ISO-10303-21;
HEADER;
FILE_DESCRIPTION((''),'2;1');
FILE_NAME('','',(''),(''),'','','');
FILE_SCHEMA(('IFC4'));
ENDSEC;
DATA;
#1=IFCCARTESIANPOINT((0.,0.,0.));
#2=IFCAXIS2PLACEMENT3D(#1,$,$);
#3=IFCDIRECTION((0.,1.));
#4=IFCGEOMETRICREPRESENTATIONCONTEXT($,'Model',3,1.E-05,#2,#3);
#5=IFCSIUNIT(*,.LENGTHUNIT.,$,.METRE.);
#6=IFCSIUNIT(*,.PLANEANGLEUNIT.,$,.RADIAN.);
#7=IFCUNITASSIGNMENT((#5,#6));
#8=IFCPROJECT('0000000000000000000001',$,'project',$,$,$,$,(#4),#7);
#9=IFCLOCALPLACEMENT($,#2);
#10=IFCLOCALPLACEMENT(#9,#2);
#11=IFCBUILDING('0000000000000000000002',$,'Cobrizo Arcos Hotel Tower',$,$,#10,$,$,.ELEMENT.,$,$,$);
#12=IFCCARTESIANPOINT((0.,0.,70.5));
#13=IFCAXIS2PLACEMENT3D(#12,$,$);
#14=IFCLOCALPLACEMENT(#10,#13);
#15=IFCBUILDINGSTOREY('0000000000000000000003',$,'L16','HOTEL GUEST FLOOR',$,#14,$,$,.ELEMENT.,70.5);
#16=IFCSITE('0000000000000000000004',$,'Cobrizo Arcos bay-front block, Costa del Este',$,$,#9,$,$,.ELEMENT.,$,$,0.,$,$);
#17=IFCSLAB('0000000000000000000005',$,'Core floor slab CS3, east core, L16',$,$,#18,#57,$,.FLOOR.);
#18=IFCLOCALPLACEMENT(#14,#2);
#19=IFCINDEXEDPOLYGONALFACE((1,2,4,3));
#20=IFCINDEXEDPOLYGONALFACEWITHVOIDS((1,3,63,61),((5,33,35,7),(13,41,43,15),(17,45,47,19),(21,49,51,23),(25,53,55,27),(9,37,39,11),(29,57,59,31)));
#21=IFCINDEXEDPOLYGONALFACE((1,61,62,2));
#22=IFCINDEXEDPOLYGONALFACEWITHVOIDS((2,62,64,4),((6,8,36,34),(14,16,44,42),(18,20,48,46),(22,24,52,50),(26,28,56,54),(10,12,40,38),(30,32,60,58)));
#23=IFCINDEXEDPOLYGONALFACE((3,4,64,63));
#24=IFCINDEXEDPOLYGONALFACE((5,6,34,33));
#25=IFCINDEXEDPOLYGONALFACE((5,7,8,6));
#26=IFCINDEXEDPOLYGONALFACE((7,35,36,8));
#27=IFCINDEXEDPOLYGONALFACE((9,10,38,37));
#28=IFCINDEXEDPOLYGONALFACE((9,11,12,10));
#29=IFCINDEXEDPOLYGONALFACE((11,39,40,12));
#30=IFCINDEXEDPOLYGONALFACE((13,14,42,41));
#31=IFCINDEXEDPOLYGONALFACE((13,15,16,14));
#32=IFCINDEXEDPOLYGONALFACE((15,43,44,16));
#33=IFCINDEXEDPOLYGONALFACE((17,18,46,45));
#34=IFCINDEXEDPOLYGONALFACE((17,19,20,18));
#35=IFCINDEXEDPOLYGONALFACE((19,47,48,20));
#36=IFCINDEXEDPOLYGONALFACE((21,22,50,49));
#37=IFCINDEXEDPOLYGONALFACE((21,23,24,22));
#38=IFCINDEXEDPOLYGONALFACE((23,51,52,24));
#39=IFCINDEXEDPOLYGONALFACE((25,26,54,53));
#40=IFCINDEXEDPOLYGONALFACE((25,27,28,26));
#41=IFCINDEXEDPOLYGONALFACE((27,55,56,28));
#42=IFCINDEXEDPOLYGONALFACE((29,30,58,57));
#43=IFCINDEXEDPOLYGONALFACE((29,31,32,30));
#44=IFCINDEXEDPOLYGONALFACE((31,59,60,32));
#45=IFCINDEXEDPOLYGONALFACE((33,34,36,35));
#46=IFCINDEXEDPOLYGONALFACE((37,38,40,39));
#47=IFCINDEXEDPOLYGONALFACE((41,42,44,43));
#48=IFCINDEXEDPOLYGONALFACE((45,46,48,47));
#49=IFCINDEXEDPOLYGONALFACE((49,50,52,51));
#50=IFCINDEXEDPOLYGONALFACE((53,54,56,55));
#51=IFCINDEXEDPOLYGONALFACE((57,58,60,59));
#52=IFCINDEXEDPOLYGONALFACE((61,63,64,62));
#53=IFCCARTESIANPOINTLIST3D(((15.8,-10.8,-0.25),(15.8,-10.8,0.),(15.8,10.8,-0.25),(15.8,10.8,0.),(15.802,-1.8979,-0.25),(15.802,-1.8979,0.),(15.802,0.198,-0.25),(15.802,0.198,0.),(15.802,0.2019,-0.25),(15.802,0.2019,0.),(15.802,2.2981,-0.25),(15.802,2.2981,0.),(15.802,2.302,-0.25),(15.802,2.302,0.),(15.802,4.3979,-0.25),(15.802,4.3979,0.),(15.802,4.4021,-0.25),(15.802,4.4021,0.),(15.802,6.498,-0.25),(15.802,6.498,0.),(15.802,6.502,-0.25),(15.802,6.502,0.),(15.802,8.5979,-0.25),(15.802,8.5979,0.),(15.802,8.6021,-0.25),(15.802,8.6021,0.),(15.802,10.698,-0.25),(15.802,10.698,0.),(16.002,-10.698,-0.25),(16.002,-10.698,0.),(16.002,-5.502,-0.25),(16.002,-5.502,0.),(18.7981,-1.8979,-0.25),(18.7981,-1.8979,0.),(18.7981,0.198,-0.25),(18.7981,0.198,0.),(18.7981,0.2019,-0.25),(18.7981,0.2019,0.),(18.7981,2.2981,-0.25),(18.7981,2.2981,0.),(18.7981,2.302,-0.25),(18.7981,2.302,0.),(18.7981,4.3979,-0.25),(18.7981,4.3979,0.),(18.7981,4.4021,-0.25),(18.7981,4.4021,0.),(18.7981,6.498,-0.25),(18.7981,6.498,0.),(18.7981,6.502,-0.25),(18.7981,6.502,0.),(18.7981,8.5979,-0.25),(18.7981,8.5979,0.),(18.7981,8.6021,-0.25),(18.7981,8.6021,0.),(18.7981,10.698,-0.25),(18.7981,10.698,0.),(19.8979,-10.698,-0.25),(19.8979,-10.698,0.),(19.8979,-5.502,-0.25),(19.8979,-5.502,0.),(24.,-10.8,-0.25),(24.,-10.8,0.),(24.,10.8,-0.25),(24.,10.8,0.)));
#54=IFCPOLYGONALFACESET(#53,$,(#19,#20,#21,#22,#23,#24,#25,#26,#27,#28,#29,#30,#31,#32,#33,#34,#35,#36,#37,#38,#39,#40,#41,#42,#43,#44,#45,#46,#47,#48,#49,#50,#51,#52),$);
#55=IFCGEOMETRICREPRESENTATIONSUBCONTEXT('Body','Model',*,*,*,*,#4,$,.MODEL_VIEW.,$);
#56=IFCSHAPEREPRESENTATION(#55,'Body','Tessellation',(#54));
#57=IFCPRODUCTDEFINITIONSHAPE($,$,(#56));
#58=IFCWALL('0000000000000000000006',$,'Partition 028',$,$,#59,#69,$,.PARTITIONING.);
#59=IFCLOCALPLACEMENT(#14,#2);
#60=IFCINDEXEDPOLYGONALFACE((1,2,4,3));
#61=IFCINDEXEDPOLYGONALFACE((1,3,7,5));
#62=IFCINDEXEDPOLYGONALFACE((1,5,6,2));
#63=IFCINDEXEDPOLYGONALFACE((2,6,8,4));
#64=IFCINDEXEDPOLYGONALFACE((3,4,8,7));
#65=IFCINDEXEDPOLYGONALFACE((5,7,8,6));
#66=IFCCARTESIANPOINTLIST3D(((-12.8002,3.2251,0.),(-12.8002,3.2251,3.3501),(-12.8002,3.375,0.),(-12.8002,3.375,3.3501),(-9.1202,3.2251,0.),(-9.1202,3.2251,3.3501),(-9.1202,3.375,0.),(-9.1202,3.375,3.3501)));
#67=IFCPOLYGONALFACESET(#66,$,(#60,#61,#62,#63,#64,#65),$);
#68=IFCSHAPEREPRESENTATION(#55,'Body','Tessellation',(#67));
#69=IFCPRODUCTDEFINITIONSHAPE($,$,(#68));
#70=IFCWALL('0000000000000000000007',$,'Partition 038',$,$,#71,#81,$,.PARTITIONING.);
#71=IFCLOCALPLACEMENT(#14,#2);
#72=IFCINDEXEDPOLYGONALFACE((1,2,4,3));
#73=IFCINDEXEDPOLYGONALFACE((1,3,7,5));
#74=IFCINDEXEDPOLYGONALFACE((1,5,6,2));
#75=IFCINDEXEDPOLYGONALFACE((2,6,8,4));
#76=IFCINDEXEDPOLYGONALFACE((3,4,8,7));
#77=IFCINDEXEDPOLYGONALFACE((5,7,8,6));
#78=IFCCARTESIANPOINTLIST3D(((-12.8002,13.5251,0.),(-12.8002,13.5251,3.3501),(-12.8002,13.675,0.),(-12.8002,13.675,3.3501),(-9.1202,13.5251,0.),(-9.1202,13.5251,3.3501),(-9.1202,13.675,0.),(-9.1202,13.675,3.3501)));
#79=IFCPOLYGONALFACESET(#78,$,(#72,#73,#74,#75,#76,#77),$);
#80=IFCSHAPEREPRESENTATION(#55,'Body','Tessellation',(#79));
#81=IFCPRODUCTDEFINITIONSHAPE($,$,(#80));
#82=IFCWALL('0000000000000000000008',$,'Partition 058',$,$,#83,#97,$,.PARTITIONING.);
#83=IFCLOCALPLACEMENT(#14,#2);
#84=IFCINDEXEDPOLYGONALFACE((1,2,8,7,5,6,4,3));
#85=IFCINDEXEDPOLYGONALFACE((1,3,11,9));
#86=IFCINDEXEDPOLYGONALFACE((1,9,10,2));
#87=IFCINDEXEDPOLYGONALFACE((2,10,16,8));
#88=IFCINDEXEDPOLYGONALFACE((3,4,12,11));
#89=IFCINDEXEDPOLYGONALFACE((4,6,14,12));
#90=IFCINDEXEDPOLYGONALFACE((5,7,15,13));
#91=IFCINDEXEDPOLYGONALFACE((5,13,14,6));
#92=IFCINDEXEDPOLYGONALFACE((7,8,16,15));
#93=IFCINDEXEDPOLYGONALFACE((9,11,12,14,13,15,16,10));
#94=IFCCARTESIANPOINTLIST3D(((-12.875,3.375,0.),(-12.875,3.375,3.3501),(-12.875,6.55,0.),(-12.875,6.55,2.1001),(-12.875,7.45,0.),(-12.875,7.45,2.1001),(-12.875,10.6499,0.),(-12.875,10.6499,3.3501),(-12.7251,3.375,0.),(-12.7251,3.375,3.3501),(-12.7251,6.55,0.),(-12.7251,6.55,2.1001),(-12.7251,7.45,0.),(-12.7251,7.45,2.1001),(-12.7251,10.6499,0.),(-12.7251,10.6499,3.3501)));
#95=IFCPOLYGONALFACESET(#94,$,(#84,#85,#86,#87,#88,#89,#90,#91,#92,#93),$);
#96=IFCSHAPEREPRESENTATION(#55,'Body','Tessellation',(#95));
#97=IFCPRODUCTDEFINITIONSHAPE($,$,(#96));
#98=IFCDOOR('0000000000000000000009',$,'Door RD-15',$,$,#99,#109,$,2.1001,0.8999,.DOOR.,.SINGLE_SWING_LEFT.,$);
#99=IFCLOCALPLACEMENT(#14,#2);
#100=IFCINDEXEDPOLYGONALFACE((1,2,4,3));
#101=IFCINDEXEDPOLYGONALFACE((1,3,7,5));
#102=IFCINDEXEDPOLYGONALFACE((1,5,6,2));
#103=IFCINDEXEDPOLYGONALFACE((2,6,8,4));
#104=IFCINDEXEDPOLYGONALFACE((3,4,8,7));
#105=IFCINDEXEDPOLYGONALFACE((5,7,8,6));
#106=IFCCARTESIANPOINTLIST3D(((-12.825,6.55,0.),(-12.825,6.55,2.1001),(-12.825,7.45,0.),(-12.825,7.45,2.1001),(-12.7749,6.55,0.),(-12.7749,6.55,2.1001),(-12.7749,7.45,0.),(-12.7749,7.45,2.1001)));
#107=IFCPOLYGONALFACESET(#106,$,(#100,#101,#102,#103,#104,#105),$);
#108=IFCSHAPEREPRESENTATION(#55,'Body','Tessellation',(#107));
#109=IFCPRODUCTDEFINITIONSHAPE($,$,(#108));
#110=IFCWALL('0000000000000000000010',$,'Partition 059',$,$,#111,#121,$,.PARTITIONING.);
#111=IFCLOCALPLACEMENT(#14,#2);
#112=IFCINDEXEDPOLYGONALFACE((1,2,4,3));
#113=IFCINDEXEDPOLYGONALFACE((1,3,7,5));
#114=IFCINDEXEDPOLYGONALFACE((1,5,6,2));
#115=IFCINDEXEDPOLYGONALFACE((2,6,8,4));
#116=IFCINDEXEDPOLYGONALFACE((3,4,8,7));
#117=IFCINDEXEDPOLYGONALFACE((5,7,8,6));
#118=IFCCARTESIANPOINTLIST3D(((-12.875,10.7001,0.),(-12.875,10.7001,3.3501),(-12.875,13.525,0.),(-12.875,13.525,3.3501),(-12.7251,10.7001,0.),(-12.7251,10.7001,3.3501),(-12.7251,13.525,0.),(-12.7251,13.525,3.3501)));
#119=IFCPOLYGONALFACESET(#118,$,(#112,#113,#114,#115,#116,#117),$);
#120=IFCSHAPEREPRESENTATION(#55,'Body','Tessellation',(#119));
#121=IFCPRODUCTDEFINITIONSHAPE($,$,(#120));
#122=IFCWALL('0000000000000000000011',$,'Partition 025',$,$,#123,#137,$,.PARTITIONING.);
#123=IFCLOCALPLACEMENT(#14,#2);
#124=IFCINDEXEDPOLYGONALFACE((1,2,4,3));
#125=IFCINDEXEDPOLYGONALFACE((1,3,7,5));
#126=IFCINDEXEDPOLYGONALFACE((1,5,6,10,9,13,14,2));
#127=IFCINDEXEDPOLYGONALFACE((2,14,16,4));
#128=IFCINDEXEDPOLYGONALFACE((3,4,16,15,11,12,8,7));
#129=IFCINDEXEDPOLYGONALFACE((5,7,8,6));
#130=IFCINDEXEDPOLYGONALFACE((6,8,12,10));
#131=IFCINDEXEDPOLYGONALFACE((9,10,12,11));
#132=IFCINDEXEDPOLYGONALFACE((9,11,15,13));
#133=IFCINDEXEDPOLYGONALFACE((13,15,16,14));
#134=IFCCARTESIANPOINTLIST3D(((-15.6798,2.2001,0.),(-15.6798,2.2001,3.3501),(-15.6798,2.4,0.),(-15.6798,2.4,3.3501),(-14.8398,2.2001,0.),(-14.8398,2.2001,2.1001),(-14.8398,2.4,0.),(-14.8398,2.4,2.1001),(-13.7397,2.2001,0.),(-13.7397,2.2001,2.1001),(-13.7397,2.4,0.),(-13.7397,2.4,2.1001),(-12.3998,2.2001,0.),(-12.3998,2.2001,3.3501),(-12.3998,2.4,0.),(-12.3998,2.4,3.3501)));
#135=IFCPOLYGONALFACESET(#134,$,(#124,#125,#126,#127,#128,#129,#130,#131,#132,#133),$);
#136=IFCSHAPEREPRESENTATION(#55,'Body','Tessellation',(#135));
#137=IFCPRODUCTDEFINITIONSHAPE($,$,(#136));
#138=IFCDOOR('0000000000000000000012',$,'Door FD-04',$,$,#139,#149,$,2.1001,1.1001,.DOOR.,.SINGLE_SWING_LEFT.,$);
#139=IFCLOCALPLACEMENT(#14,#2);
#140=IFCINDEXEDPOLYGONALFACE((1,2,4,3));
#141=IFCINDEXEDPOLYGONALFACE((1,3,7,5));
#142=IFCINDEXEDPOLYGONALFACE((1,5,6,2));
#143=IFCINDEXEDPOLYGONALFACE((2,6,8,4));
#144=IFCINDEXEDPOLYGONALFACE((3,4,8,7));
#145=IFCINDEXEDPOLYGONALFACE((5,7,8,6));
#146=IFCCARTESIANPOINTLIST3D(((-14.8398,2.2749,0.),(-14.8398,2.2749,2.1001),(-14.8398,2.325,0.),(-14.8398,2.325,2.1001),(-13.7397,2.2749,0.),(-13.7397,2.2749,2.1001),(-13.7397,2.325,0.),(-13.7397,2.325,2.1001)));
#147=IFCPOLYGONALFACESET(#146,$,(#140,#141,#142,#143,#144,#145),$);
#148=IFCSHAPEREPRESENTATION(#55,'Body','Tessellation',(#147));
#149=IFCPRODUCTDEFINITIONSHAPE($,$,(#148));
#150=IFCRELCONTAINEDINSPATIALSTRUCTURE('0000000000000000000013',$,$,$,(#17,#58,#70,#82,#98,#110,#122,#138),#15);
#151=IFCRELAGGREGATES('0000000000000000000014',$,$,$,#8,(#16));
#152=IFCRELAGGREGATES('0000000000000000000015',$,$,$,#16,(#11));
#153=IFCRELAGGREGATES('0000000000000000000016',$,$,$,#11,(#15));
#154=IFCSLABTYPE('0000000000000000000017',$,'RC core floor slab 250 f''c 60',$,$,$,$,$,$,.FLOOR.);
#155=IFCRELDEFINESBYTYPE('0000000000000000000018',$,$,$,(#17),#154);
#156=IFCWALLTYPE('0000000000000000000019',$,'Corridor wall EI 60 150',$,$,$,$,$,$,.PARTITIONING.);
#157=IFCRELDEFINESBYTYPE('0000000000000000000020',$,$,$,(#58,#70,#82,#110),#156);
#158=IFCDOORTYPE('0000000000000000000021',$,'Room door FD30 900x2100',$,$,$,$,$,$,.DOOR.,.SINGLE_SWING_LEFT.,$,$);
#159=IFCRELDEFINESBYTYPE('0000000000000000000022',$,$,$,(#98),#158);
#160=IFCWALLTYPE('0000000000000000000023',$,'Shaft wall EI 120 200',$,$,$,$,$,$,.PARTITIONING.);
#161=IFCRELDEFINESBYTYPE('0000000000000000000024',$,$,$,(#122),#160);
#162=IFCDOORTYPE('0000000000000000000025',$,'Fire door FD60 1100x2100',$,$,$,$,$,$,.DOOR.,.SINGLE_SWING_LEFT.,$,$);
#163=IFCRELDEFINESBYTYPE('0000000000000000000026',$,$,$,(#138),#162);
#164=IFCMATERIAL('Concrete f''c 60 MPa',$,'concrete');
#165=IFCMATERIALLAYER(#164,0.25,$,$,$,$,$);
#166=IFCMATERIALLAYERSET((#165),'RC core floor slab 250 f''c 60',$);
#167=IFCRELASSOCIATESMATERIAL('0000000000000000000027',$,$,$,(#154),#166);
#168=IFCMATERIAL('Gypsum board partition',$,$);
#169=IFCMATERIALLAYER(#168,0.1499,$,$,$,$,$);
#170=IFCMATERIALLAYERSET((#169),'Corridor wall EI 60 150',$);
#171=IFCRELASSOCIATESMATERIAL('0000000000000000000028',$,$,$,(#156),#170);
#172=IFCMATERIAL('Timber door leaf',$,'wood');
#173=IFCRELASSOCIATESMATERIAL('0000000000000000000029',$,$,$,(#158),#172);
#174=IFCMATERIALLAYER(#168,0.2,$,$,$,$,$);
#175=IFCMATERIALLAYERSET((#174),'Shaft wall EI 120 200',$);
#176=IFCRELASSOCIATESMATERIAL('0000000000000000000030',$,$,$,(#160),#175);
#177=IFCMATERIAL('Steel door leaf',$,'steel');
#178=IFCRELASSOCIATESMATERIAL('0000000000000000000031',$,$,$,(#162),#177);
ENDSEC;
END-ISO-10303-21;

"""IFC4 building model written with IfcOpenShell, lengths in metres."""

from ifc_helpers import new_model, si_unit, direction, frame, frame_2d, origin, place, context, subcontext, project, spatial, polyline, rectangle, outline, extrude, material, layer, layer_set, type_object, element, fill, save


model = new_model("IFC4")

# Units and contexts
model_context = context("Model", 3, precision=1e-05, world=origin(), true_north=direction((0.0, 1.0)))
body_context = subcontext(model_context, "Body", "Model", "MODEL_VIEW")
ifc_project = project(units=[si_unit("LENGTHUNIT", "METRE"), si_unit("PLANEANGLEUNIT", "RADIAN")], contexts=[model_context])

# Site, building, storey
site_placement = place(None, origin())
site = spatial("IfcSite", under=ifc_project, at=site_placement, Name="Cobrizo Arcos bay-front block, Costa del Este", CompositionType="ELEMENT", RefElevation=0.0)
building_placement = place(site_placement, origin())
building = spatial("IfcBuilding", under=site, at=building_placement, Name="Cobrizo Arcos Hotel Tower", CompositionType="ELEMENT")
storey_placement = place(building_placement, frame((0.0, 0.0, 70.5)))
storey = spatial("IfcBuildingStorey", under=building, at=storey_placement, Name="L16", Description="HOTEL GUEST FLOOR", CompositionType="ELEMENT", Elevation=70.5)

# Slab
ifc_material_1 = material(Name="Concrete f'c 60 MPa", Category="concrete")
ifc_layer_1 = layer(ifc_material_1, 0.25)
ifc_layer_set_1 = layer_set([ifc_layer_1], Name="RC core floor slab 250 f'c 60")
slab_type = type_object("IfcSlabType", Name="RC core floor slab 250 f'c 60", PredefinedType="FLOOR", material=ifc_layer_set_1)
slab_placement = place(storey_placement, frame((0.0, 0.0, -0.25)))
element("IfcSlab", 1, at=slab_placement, inside=storey, type_object=slab_type, Name="Core floor slab CS3, east core, L16", PredefinedType="FLOOR", context=body_context, shape_type="SweptSolid", body=[
    extrude(outline(polyline([(15.8, 10.8), (24.0, 10.8), (24.0, -10.8), (15.8, -10.8), (15.8, 10.8)]), holes=[polyline([(19.8979, -10.698), (19.8979, -5.502), (16.002, -5.502), (16.002, -10.698), (19.8979, -10.698)]), polyline([(15.802, 0.198), (15.802, -1.8979), (18.7981, -1.8979), (18.7981, 0.198), (15.802, 0.198)]), polyline([(18.7981, 2.2981), (15.802, 2.2981), (15.802, 0.2019), (18.7981, 0.2019), (18.7981, 2.2981)]), polyline([(18.7981, 4.3979), (15.802, 4.3979), (15.802, 2.302), (18.7981, 2.302), (18.7981, 4.3979)]), polyline([(15.802, 6.498), (15.802, 4.4021), (18.7981, 4.4021), (18.7981, 6.498), (15.802, 6.498)]), polyline([(18.7981, 8.5979), (15.802, 8.5979), (15.802, 6.502), (18.7981, 6.502), (18.7981, 8.5979)]), polyline([(18.7981, 10.698), (15.802, 10.698), (15.802, 8.6021), (18.7981, 8.6021), (18.7981, 10.698)])]), origin(), (0.0, 0.0, 1.0), 0.25),
])

# Walls
ifc_material_2 = material(Name="Gypsum board partition")
ifc_layer_2 = layer(ifc_material_2, 0.1499)
ifc_layer_set_2 = layer_set([ifc_layer_2], Name="Corridor wall EI 60 150")
wall_type_1 = type_object("IfcWallType", Name="Corridor wall EI 60 150", PredefinedType="PARTITIONING", material=ifc_layer_set_2)
for number, where, z_axis, x_axis, name in (
    (2, (-12.8, 3.3, 0.0), (0.0, 0.0, 1.0), (1.0, 0.0, 0.0), "Partition 028"),
    (3, (-12.8, 13.6001, 0.0), (0.0, 0.0, 1.0), (1.0, 0.0, 0.0), "Partition 038"),
):
    element("IfcWall", number, at=place(storey_placement, frame(where, z_axis=z_axis, x_axis=x_axis)), inside=storey, type_object=wall_type_1, Name=name, PredefinedType="PARTITIONING", context=body_context, shape_type="SweptSolid", body=[
        extrude(rectangle(XDim=3.6799, YDim=0.1499, at=frame_2d((1.8398, 0.0))), origin(), (0.0, 0.0, 1.0), 3.3501),
    ])

# Wall, opening, door
wall_1_placement = place(storey_placement, frame((-12.8, 3.375, 0.0), z_axis=(0.0, 0.0, 1.0), x_axis=(0.0, 1.0, 0.0)))
wall_1 = element("IfcWall", 4, at=wall_1_placement, inside=storey, type_object=wall_type_1, Name="Partition 058", PredefinedType="PARTITIONING", context=body_context, shape_type="SweptSolid", body=[
    extrude(rectangle(XDim=7.2749, YDim=0.1499, at=frame_2d((3.6375, 0.0))), origin(), (0.0, 0.0, 1.0), 3.3501),
])
opening_1_placement = place(wall_1_placement, frame((3.175, 0.0, 0.0)))
opening_1 = element("IfcOpeningElement", 5, at=opening_1_placement, cuts=wall_1, PredefinedType="OPENING", context=body_context, shape_type="SweptSolid", body=[
    extrude(rectangle(XDim=0.8999, YDim=2.1001, at=frame_2d((0.45, 1.05))), frame((0.0, 0.0869, 0.0), z_axis=(0.0, -1.0, 0.0), x_axis=(1.0, 0.0, 0.0)), (0.0, 0.0, 1.0), 0.1738),
])
ifc_material_3 = material(Name="Timber door leaf", Category="wood")
door_type_1 = type_object("IfcDoorType", Name="Room door FD30 900x2100", OperationType="SINGLE_SWING_LEFT", PredefinedType="DOOR", material=ifc_material_3)
door_1_placement = place(opening_1_placement, origin())
door_1 = element("IfcDoor", 6, at=door_1_placement, inside=storey, type_object=door_type_1, Name="Door RD-15", OperationType="SINGLE_SWING_LEFT", OverallHeight=2.1001, OverallWidth=0.8999, PredefinedType="DOOR", context=body_context, shape_type="SweptSolid", body=[
    extrude(rectangle(XDim=0.8999, YDim=2.1001, at=frame_2d((0.45, 1.05))), frame((0.0, 0.0249, 0.0), z_axis=(0.0, -1.0, 0.0), x_axis=(1.0, 0.0, 0.0)), (0.0, 0.0, 1.0), 0.05),
])
fill(opening_1, door_1)

# Wall
wall_2_placement = place(storey_placement, frame((-12.8, 10.7, 0.0), z_axis=(0.0, 0.0, 1.0), x_axis=(0.0, 1.0, 0.0)))
element("IfcWall", 7, at=wall_2_placement, inside=storey, type_object=wall_type_1, Name="Partition 059", PredefinedType="PARTITIONING", context=body_context, shape_type="SweptSolid", body=[
    extrude(rectangle(XDim=2.825, YDim=0.1499, at=frame_2d((1.4126, 0.0))), origin(), (0.0, 0.0, 1.0), 3.3501),
])

# Wall, opening, door
ifc_layer_3 = layer(ifc_material_2, 0.2)
ifc_layer_set_3 = layer_set([ifc_layer_3], Name="Shaft wall EI 120 200")
wall_type_2 = type_object("IfcWallType", Name="Shaft wall EI 120 200", PredefinedType="PARTITIONING", material=ifc_layer_set_3)
wall_3_placement = place(storey_placement, frame((-15.6799, 2.3, 0.0), z_axis=(0.0, 0.0, 1.0), x_axis=(1.0, 0.0, 0.0)))
wall_3 = element("IfcWall", 8, at=wall_3_placement, inside=storey, type_object=wall_type_2, Name="Partition 025", PredefinedType="PARTITIONING", context=body_context, shape_type="SweptSolid", body=[
    extrude(rectangle(XDim=3.28, YDim=0.2, at=frame_2d((1.6401, 0.0))), origin(), (0.0, 0.0, 1.0), 3.3501),
])
opening_2_placement = place(wall_3_placement, frame((0.8401, 0.0, 0.0)))
opening_2 = element("IfcOpeningElement", 9, at=opening_2_placement, cuts=wall_3, PredefinedType="OPENING", context=body_context, shape_type="SweptSolid", body=[
    extrude(rectangle(XDim=1.1001, YDim=2.1001, at=frame_2d((0.55, 1.05))), frame((0.0, 0.1121, 0.0), z_axis=(0.0, -1.0, 0.0), x_axis=(1.0, 0.0, 0.0)), (0.0, 0.0, 1.0), 0.2239),
])
ifc_material_4 = material(Name="Steel door leaf", Category="steel")
door_type_2 = type_object("IfcDoorType", Name="Fire door FD60 1100x2100", OperationType="SINGLE_SWING_LEFT", PredefinedType="DOOR", material=ifc_material_4)
door_2_placement = place(opening_2_placement, origin())
door_2 = element("IfcDoor", 10, at=door_2_placement, inside=storey, type_object=door_type_2, Name="Door FD-04", OperationType="SINGLE_SWING_LEFT", OverallHeight=2.1001, OverallWidth=1.1001, PredefinedType="DOOR", context=body_context, shape_type="SweptSolid", body=[
    extrude(rectangle(XDim=1.1001, YDim=2.1001, at=frame_2d((0.55, 1.05))), frame((0.0, 0.0249, 0.0), z_axis=(0.0, -1.0, 0.0), x_axis=(1.0, 0.0, 0.0)), (0.0, 0.0, 1.0), 0.05),
])
fill(opening_2, door_2)

save(model, "model.ifc")
